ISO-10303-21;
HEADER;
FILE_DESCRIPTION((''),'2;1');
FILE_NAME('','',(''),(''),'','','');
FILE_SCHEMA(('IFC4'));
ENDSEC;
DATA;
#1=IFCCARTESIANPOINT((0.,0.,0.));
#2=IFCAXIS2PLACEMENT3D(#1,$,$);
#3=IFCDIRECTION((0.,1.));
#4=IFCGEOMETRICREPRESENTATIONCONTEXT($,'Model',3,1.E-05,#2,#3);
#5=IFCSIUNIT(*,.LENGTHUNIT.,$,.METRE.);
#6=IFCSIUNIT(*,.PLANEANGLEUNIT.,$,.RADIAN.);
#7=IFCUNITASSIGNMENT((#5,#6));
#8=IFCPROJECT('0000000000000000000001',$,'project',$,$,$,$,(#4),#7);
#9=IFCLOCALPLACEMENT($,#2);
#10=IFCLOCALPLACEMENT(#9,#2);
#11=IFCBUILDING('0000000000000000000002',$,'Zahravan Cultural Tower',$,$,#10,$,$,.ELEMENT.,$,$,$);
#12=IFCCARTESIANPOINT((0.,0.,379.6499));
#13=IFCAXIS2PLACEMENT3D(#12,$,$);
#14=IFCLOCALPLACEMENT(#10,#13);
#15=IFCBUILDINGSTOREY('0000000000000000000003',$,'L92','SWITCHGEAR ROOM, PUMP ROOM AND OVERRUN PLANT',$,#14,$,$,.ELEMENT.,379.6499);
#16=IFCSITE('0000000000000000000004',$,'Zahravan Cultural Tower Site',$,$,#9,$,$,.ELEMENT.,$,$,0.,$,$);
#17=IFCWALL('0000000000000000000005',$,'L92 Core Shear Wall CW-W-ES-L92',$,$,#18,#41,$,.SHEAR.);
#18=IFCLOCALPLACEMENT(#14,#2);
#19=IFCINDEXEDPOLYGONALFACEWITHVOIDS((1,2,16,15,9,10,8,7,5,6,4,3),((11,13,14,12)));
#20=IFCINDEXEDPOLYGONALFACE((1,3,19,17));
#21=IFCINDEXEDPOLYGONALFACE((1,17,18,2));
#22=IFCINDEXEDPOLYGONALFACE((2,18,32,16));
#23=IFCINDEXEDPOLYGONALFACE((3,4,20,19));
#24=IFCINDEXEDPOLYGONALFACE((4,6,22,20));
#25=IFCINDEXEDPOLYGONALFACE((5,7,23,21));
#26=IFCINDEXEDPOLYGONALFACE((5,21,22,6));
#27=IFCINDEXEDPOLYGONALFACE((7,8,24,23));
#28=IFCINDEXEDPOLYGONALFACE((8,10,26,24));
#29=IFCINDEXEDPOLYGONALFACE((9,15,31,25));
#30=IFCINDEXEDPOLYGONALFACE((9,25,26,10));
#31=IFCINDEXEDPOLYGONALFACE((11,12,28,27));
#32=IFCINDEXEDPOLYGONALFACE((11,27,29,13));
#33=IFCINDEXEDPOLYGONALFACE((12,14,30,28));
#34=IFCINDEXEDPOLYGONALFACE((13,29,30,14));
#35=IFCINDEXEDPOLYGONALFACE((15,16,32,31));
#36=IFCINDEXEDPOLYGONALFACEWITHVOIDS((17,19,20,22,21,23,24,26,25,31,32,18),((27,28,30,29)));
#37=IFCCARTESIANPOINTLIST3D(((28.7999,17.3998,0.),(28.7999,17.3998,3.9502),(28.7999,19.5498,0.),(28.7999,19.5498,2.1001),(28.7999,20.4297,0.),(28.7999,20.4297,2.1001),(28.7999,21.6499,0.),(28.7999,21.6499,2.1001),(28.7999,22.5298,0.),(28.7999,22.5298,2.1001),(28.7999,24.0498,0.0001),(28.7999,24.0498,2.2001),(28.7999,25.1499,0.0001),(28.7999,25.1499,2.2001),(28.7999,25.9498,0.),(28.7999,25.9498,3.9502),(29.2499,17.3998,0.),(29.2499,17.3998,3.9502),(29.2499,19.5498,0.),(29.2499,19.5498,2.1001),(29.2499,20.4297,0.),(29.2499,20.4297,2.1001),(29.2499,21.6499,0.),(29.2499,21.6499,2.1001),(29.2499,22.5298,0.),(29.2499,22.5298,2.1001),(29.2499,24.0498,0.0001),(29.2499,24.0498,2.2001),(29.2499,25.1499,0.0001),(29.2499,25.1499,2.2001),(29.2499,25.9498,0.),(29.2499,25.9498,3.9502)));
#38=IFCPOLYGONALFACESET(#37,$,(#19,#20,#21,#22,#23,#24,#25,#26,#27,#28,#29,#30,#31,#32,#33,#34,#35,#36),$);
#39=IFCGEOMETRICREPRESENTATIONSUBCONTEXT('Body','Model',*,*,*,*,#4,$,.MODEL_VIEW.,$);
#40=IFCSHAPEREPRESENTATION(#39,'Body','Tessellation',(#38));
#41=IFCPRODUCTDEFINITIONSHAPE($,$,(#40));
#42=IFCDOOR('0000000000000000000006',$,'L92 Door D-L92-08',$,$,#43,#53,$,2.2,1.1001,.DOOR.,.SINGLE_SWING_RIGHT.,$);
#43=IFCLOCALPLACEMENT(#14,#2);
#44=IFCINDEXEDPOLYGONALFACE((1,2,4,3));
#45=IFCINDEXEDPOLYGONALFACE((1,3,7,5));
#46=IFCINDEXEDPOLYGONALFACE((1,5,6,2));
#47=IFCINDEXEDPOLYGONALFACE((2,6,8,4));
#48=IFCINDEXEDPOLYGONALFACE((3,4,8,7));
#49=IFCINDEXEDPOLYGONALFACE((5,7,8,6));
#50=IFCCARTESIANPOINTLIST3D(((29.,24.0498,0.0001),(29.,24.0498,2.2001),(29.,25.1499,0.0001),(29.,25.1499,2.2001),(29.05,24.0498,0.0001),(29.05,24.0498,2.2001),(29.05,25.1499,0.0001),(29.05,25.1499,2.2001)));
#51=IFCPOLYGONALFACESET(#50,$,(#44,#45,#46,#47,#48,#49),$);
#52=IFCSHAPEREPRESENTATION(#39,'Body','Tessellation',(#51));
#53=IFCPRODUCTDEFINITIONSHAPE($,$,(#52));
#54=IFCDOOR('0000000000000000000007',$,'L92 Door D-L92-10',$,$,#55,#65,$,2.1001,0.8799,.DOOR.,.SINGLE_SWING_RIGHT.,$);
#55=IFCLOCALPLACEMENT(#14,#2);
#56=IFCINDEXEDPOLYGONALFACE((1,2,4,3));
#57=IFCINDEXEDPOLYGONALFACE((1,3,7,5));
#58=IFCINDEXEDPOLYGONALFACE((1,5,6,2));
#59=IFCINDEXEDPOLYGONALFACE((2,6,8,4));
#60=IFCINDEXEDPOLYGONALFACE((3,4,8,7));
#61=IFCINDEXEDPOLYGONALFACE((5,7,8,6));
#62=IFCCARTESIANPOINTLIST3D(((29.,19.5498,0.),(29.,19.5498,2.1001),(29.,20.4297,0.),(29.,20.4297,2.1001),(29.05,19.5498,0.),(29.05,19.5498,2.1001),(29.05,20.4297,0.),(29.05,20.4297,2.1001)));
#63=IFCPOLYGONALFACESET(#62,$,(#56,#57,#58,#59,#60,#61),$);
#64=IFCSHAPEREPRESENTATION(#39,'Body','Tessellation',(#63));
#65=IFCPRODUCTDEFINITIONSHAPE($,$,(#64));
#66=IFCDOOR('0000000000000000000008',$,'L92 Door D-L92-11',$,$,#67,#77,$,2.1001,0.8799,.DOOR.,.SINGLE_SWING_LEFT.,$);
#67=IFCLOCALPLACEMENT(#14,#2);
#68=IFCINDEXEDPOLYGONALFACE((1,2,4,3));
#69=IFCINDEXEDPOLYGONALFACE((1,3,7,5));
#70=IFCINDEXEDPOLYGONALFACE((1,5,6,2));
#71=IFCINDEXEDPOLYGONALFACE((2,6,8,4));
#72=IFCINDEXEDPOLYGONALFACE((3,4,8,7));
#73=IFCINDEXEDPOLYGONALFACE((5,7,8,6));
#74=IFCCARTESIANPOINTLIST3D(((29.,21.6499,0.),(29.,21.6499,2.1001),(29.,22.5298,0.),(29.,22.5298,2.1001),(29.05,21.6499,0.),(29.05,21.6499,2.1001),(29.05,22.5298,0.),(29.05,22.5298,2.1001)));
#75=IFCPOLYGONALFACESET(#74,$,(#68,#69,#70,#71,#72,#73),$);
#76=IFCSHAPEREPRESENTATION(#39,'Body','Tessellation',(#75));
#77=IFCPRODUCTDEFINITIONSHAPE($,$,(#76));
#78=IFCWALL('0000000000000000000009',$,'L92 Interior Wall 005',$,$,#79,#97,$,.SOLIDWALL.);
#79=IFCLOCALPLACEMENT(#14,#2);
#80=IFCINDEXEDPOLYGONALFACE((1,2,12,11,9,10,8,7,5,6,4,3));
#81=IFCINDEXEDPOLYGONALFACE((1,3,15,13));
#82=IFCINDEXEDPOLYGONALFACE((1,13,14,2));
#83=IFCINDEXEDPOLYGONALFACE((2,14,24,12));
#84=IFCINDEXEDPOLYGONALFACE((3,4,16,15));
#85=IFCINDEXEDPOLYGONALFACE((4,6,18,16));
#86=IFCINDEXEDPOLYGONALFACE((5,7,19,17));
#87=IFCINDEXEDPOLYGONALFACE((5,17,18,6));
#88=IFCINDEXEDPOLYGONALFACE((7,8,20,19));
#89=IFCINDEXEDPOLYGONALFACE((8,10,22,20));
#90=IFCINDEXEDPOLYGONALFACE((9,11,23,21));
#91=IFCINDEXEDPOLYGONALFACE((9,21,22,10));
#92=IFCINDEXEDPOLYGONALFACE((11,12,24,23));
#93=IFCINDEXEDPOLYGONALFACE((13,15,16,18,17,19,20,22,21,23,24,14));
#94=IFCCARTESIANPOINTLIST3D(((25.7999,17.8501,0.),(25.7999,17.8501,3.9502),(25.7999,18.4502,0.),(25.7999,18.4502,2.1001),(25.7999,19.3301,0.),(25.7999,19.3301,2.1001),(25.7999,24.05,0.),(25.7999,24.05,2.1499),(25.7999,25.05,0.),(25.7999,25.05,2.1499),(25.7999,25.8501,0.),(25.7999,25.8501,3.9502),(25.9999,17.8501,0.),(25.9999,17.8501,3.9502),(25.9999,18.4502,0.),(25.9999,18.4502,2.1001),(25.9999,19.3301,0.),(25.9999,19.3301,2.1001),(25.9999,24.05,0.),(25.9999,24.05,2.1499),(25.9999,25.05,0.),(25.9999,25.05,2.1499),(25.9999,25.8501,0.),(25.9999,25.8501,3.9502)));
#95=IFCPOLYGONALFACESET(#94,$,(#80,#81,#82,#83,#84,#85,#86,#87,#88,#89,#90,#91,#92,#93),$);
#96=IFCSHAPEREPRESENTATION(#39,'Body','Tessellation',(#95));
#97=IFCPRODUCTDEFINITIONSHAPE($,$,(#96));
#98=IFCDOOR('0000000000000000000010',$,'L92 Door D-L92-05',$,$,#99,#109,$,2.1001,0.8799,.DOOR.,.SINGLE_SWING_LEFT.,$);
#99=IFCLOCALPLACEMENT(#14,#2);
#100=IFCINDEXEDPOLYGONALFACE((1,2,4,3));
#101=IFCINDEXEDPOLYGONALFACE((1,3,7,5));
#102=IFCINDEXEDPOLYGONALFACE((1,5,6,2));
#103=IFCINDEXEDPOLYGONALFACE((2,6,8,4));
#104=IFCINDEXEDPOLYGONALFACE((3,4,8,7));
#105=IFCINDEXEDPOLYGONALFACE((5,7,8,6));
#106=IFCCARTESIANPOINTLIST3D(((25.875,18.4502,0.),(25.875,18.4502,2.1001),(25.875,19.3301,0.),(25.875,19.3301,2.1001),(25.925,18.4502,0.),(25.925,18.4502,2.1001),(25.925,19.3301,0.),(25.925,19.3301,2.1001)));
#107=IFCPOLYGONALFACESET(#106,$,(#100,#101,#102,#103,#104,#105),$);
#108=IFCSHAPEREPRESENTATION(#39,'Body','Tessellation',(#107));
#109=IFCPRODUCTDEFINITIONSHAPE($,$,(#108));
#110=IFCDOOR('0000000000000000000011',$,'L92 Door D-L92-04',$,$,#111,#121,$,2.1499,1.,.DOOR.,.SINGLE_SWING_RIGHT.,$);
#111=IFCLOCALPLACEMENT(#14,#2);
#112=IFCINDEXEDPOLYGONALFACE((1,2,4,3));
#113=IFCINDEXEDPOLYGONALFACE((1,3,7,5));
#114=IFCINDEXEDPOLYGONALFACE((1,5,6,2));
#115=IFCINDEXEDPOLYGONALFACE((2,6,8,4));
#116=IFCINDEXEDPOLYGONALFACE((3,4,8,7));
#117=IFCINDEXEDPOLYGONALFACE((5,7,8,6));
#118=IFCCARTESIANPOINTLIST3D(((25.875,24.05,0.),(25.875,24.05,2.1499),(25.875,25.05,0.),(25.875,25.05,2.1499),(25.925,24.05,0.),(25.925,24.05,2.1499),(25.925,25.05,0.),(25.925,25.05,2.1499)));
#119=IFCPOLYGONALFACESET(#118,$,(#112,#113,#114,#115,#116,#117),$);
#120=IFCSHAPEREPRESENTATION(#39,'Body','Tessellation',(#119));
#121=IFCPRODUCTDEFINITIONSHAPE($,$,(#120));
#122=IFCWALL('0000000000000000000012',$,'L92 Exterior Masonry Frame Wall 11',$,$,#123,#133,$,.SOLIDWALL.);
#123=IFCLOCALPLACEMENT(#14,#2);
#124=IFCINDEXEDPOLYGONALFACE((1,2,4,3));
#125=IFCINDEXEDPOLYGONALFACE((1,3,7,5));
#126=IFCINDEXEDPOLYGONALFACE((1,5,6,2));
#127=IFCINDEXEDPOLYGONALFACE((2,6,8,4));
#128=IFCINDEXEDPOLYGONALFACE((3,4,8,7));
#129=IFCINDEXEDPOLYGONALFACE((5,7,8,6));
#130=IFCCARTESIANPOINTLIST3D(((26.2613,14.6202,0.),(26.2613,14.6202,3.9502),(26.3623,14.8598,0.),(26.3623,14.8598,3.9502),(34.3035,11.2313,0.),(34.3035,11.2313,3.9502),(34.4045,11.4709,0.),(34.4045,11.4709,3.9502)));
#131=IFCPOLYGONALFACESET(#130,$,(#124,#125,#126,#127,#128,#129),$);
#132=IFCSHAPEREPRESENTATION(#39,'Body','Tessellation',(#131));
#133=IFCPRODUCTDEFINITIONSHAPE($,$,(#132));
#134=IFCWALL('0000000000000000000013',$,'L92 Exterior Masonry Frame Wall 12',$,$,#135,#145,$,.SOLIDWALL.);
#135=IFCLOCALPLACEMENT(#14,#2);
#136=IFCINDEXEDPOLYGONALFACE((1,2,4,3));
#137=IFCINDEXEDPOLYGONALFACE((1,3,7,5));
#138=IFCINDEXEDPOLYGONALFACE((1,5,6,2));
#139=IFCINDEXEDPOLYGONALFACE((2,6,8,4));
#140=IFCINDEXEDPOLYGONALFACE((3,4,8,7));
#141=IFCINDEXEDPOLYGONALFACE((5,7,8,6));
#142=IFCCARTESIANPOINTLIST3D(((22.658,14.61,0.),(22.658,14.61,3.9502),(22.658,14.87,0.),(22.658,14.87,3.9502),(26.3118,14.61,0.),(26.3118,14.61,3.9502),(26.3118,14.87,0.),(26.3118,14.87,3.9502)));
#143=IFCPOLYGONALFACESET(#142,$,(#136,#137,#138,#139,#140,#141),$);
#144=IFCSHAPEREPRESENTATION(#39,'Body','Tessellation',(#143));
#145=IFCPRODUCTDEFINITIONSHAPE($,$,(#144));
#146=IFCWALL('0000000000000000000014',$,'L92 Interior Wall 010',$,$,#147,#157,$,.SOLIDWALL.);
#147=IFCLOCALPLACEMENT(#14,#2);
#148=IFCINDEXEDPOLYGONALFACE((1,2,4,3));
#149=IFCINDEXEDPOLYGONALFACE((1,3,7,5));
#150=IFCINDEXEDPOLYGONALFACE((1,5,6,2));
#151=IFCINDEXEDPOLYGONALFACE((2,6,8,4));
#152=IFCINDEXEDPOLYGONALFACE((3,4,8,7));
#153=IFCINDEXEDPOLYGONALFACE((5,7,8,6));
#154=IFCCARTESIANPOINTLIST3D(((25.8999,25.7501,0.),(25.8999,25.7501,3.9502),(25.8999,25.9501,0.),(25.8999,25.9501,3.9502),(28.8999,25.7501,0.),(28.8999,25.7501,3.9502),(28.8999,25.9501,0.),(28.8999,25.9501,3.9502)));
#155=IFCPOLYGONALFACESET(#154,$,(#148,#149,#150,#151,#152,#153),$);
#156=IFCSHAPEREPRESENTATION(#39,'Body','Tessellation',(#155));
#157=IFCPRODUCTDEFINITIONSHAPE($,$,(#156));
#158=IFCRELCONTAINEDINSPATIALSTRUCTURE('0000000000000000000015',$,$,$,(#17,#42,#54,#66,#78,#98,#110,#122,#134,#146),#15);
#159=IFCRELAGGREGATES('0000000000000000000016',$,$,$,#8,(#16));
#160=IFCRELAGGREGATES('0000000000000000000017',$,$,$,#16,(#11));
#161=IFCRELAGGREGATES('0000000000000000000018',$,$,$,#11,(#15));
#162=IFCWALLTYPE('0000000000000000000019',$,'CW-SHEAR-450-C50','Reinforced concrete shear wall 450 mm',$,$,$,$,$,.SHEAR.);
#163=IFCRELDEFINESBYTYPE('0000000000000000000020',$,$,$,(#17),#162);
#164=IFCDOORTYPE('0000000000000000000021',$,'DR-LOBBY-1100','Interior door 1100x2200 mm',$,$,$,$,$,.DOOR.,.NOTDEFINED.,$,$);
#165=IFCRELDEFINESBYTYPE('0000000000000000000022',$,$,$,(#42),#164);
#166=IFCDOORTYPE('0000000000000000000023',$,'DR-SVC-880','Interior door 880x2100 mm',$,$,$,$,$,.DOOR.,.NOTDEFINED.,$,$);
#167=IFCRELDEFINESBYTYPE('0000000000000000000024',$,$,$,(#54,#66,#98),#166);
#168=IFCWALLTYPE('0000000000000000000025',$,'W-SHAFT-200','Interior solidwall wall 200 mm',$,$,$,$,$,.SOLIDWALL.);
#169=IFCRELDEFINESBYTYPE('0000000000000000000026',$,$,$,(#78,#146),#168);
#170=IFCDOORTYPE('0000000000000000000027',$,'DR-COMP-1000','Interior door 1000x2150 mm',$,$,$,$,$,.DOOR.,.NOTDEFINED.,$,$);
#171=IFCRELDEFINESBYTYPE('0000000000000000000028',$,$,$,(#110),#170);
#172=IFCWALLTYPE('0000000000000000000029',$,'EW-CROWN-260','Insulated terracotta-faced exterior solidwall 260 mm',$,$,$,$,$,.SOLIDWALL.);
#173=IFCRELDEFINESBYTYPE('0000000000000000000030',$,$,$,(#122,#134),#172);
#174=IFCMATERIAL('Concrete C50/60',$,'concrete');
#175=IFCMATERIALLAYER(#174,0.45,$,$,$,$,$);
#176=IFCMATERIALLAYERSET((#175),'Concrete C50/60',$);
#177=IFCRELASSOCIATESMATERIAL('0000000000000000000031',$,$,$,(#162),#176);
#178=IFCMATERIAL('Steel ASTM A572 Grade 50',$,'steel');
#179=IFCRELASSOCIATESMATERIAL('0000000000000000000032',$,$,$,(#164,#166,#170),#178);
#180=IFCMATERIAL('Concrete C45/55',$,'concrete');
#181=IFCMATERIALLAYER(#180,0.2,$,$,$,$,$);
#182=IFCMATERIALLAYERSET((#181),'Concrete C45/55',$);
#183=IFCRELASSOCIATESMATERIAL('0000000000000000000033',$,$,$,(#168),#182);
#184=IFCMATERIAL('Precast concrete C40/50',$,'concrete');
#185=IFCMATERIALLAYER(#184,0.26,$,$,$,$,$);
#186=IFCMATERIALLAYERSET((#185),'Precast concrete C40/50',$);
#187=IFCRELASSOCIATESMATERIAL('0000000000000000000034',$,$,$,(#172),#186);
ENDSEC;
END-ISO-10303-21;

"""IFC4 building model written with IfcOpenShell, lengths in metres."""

from ifc_helpers import new_model, si_unit, direction, frame, frame_2d, origin, place, context, subcontext, project, spatial, rectangle, extrude, source, transform, mapped, material, layer, layer_set, type_object, element, fill, save


model = new_model("IFC4")

# Units and contexts
model_context = context("Model", 3, precision=1e-05, world=origin(), true_north=direction((0.0, 1.0)))
body_context = subcontext(model_context, "Body", "Model", "MODEL_VIEW")
ifc_project = project(units=[si_unit("LENGTHUNIT", "METRE"), si_unit("PLANEANGLEUNIT", "RADIAN")], contexts=[model_context])

# Site, building, storey
site_placement = place(None, origin())
site = spatial("IfcSite", under=ifc_project, at=site_placement, Name="Zahravan Cultural Tower Site", CompositionType="ELEMENT", RefElevation=0.0)
building_placement = place(site_placement, origin())
building = spatial("IfcBuilding", under=site, at=building_placement, Name="Zahravan Cultural Tower", CompositionType="ELEMENT")
storey_placement = place(building_placement, frame((0.0, 0.0, 379.6499)))
storey = spatial("IfcBuildingStorey", under=building, at=storey_placement, Name="L92", Description="SWITCHGEAR ROOM, PUMP ROOM AND OVERRUN PLANT", CompositionType="ELEMENT", Elevation=379.6499)

# Shared definitions
ifc_material_1 = material(Name="Concrete C45/55", Category="concrete")

# Shared definitions
ifc_material_2 = material(Name="Concrete C50/60", Category="concrete")

# Wall, openings, doors
ifc_layer_1 = layer(ifc_material_2, 0.45)
ifc_layer_set_1 = layer_set([ifc_layer_1], Name="Concrete C50/60")
wall_type_1 = type_object("IfcWallType", Name="CW-SHEAR-450-C50", Description="Reinforced concrete shear wall 450 mm", PredefinedType="SHEAR", material=ifc_layer_set_1)
wall_1_placement = place(storey_placement, frame((29.0249, 17.3999, 0.0), z_axis=(0.0, 0.0, 1.0), x_axis=(0.0, 1.0, 0.0)))
wall_1 = element("IfcWall", 1, at=wall_1_placement, inside=storey, type_object=wall_type_1, Name="L92 Core Shear Wall CW-W-ES-L92", PredefinedType="SHEAR", context=body_context, shape_type="SweptSolid", body=[
    extrude(rectangle(XDim=8.55, YDim=0.45, at=frame_2d((4.2749, 0.0))), origin(), (0.0, 0.0, 1.0), 3.9502),
])
opening_1_placement = place(wall_1_placement, frame((6.6499, 0.0, 0.0)))
opening_1 = element("IfcOpeningElement", 2, at=opening_1_placement, cuts=wall_1, PredefinedType="OPENING", context=body_context, shape_type="SweptSolid", body=[
    extrude(rectangle(XDim=1.1001, YDim=2.2, at=frame_2d((0.55, 1.1001))), frame((0.0, 0.2349, 0.0), z_axis=(0.0, -1.0, 0.0), x_axis=(1.0, 0.0, 0.0)), (0.0, 0.0, 1.0), 0.47),
])
opening_2_placement = place(wall_1_placement, frame((2.1499, 0.0, 0.0)))
opening_2 = element("IfcOpeningElement", 3, at=opening_2_placement, cuts=wall_1, PredefinedType="OPENING", context=body_context, shape_type="SweptSolid", body=[
    extrude(rectangle(XDim=0.8799, YDim=2.1001, at=frame_2d((0.4399, 1.05))), frame((0.0, 0.2349, 0.0), z_axis=(0.0, -1.0, 0.0), x_axis=(1.0, 0.0, 0.0)), (0.0, 0.0, 1.0), 0.47),
])
opening_3_placement = place(wall_1_placement, frame((4.25, 0.0, 0.0)))
opening_3 = element("IfcOpeningElement", 4, at=opening_3_placement, cuts=wall_1, PredefinedType="OPENING", context=body_context, shape_type="SweptSolid", body=[
    extrude(rectangle(XDim=0.8799, YDim=2.1001, at=frame_2d((0.4399, 1.05))), frame((0.0, 0.2349, 0.0), z_axis=(0.0, -1.0, 0.0), x_axis=(1.0, 0.0, 0.0)), (0.0, 0.0, 1.0), 0.47),
])
ifc_material_3 = material(Name="Steel ASTM A572 Grade 50", Category="steel")
door_type_1 = type_object("IfcDoorType", Name="DR-LOBBY-1100", Description="Interior door 1100x2200 mm", OperationType="NOTDEFINED", PredefinedType="DOOR", material=ifc_material_3)
shared_shape_1 = source(origin(), body_context, "Body", "SweptSolid", [
    extrude(rectangle(XDim=1.1001, YDim=2.2, at=frame_2d((0.55, 1.1001))), frame((0.0, 0.0249, 0.0), z_axis=(0.0, -1.0, 0.0), x_axis=(1.0, 0.0, 0.0)), (0.0, 0.0, 1.0), 0.05),
])
door_1_placement = place(opening_1_placement, origin())
door_1 = element("IfcDoor", 5, at=door_1_placement, inside=storey, type_object=door_type_1, Name="L92 Door D-L92-08", OperationType="SINGLE_SWING_RIGHT", OverallHeight=2.2, OverallWidth=1.1001, PredefinedType="DOOR", context=body_context, shape_type="MappedRepresentation", body=[
    mapped(shared_shape_1, transform((0.0, 0.0, 0.0), x_axis=(1.0, 0.0, 0.0), y_axis=(0.0, 1.0, 0.0), z_axis=(0.0, 0.0, 1.0), scale=1.0)),
])
fill(opening_1, door_1)
door_type_2 = type_object("IfcDoorType", Name="DR-SVC-880", Description="Interior door 880x2100 mm", OperationType="NOTDEFINED", PredefinedType="DOOR", material=ifc_material_3)
shared_shape_2 = source(origin(), body_context, "Body", "SweptSolid", [
    extrude(rectangle(XDim=0.8799, YDim=2.1001, at=frame_2d((0.4399, 1.05))), frame((0.0, 0.0249, 0.0), z_axis=(0.0, -1.0, 0.0), x_axis=(1.0, 0.0, 0.0)), (0.0, 0.0, 1.0), 0.05),
])
door_2_placement = place(opening_2_placement, origin())
door_2 = element("IfcDoor", 6, at=door_2_placement, inside=storey, type_object=door_type_2, Name="L92 Door D-L92-10", OperationType="SINGLE_SWING_RIGHT", OverallHeight=2.1001, OverallWidth=0.8799, PredefinedType="DOOR", context=body_context, shape_type="MappedRepresentation", body=[
    mapped(shared_shape_2, transform((0.0, 0.0, 0.0), x_axis=(1.0, 0.0, 0.0), y_axis=(0.0, 1.0, 0.0), z_axis=(0.0, 0.0, 1.0), scale=1.0)),
])
fill(opening_2, door_2)
door_3_placement = place(opening_3_placement, origin())
door_3 = element("IfcDoor", 7, at=door_3_placement, inside=storey, type_object=door_type_2, Name="L92 Door D-L92-11", OperationType="SINGLE_SWING_LEFT", OverallHeight=2.1001, OverallWidth=0.8799, PredefinedType="DOOR", context=body_context, shape_type="MappedRepresentation", body=[
    mapped(shared_shape_2, transform((0.0, 0.0, 0.0), x_axis=(1.0, 0.0, 0.0), y_axis=(0.0, 1.0, 0.0), z_axis=(0.0, 0.0, 1.0), scale=1.0)),
])
fill(opening_3, door_3)

# Shared definitions
door_type_3 = type_object("IfcDoorType", Name="DR-COMP-1000", Description="Interior door 1000x2150 mm", OperationType="NOTDEFINED", PredefinedType="DOOR", material=ifc_material_3)
shared_shape_3 = source(origin(), body_context, "Body", "SweptSolid", [
    extrude(rectangle(XDim=1.0, YDim=2.1499, at=frame_2d((0.5, 1.075))), frame((0.0, 0.0249, 0.0), z_axis=(0.0, -1.0, 0.0), x_axis=(1.0, 0.0, 0.0)), (0.0, 0.0, 1.0), 0.05),
])

# Wall, openings, doors
ifc_layer_2 = layer(ifc_material_1, 0.2)
ifc_layer_set_2 = layer_set([ifc_layer_2], Name="Concrete C45/55")
wall_type_2 = type_object("IfcWallType", Name="W-SHAFT-200", Description="Interior solidwall wall 200 mm", PredefinedType="SOLIDWALL", material=ifc_layer_set_2)
wall_2_placement = place(storey_placement, frame((25.8999, 17.8501, 0.0), z_axis=(0.0, 0.0, 1.0), x_axis=(0.0, 1.0, 0.0)))
wall_2 = element("IfcWall", 8, at=wall_2_placement, inside=storey, type_object=wall_type_2, Name="L92 Interior Wall 005", PredefinedType="SOLIDWALL", context=body_context, shape_type="SweptSolid", body=[
    extrude(rectangle(XDim=8.0, YDim=0.2, at=frame_2d((4.0, 0.0))), origin(), (0.0, 0.0, 1.0), 3.9502),
])
opening_4_placement = place(wall_2_placement, frame((6.2, 0.0, 0.0)))
opening_4 = element("IfcOpeningElement", 9, at=opening_4_placement, cuts=wall_2, PredefinedType="OPENING", context=body_context, shape_type="SweptSolid", body=[
    extrude(rectangle(XDim=1.0, YDim=2.1499, at=frame_2d((0.5, 1.075))), frame((0.0, 0.1099, 0.0), z_axis=(0.0, -1.0, 0.0), x_axis=(1.0, 0.0, 0.0)), (0.0, 0.0, 1.0), 0.22),
])
opening_5_placement = place(wall_2_placement, frame((0.6001, 0.0, 0.0)))
opening_5 = element("IfcOpeningElement", 10, at=opening_5_placement, cuts=wall_2, PredefinedType="OPENING", context=body_context, shape_type="SweptSolid", body=[
    extrude(rectangle(XDim=0.8799, YDim=2.1001, at=frame_2d((0.4399, 1.05))), frame((0.0, 0.1099, 0.0), z_axis=(0.0, -1.0, 0.0), x_axis=(1.0, 0.0, 0.0)), (0.0, 0.0, 1.0), 0.22),
])
door_4_placement = place(opening_5_placement, origin())
door_4 = element("IfcDoor", 11, at=door_4_placement, inside=storey, type_object=door_type_2, Name="L92 Door D-L92-05", OperationType="SINGLE_SWING_LEFT", OverallHeight=2.1001, OverallWidth=0.8799, PredefinedType="DOOR", context=body_context, shape_type="MappedRepresentation", body=[
    mapped(shared_shape_2, transform((0.0, 0.0, 0.0), x_axis=(1.0, 0.0, 0.0), y_axis=(0.0, 1.0, 0.0), z_axis=(0.0, 0.0, 1.0), scale=1.0)),
])
fill(opening_5, door_4)
door_5_placement = place(opening_4_placement, origin())
door_5 = element("IfcDoor", 12, at=door_5_placement, inside=storey, type_object=door_type_3, Name="L92 Door D-L92-04", OperationType="SINGLE_SWING_RIGHT", OverallHeight=2.1499, OverallWidth=1.0, PredefinedType="DOOR", context=body_context, shape_type="MappedRepresentation", body=[
    mapped(shared_shape_3, transform((0.0, 0.0, 0.0), x_axis=(1.0, 0.0, 0.0), y_axis=(0.0, 1.0, 0.0), z_axis=(0.0, 0.0, 1.0), scale=1.0)),
])
fill(opening_4, door_5)

# Walls
ifc_material_4 = material(Name="Precast concrete C40/50", Category="concrete")
ifc_layer_3 = layer(ifc_material_4, 0.26)
ifc_layer_set_3 = layer_set([ifc_layer_3], Name="Precast concrete C40/50")
wall_type_3 = type_object("IfcWallType", Name="EW-CROWN-260", Description="Insulated terracotta-faced exterior solidwall 260 mm", PredefinedType="SOLIDWALL", material=ifc_layer_set_3)
shared_shape_4 = source(origin(), body_context, "Body", "SweptSolid", [
    extrude(rectangle(XDim=8.7271, YDim=0.26, at=frame_2d((4.3635, 0.0))), origin(), (0.0, 0.0, 1.0), 3.9502),
])
wall_3_placement = place(storey_placement, frame((34.354, 11.3511, 0.0), z_axis=(0.0, 0.0, 1.0), x_axis=(-0.921524, 0.388321, 0.0)))
element("IfcWall", 13, at=wall_3_placement, inside=storey, type_object=wall_type_3, Name="L92 Exterior Masonry Frame Wall 11", PredefinedType="SOLIDWALL", context=body_context, shape_type="MappedRepresentation", body=[
    mapped(shared_shape_4, transform((0.0, 0.0, 0.0), x_axis=(1.0, 0.0, 0.0), y_axis=(0.0, 1.0, 0.0), z_axis=(0.0, 0.0, 1.0), scale=1.0)),
])
shared_shape_5 = source(origin(), body_context, "Body", "SweptSolid", [
    extrude(rectangle(XDim=3.6538, YDim=0.26, at=frame_2d((1.8269, 0.0))), origin(), (0.0, 0.0, 1.0), 3.9502),
])
wall_4_placement = place(storey_placement, frame((26.3118, 14.74, 0.0), z_axis=(0.0, 0.0, 1.0), x_axis=(-1.0, 0.0, 0.0)))
element("IfcWall", 14, at=wall_4_placement, inside=storey, type_object=wall_type_3, Name="L92 Exterior Masonry Frame Wall 12", PredefinedType="SOLIDWALL", context=body_context, shape_type="MappedRepresentation", body=[
    mapped(shared_shape_5, transform((0.0, 0.0, 0.0), x_axis=(1.0, 0.0, 0.0), y_axis=(0.0, 1.0, 0.0), z_axis=(0.0, 0.0, 1.0), scale=1.0)),
])
shared_shape_6 = source(origin(), body_context, "Body", "SweptSolid", [
    extrude(rectangle(XDim=3.0, YDim=0.2, at=frame_2d((1.5, 0.0))), origin(), (0.0, 0.0, 1.0), 3.9502),
])
wall_5_placement = place(storey_placement, frame((25.8999, 25.8501, 0.0), z_axis=(0.0, 0.0, 1.0), x_axis=(1.0, 0.0, 0.0)))
element("IfcWall", 15, at=wall_5_placement, inside=storey, type_object=wall_type_2, Name="L92 Interior Wall 010", PredefinedType="SOLIDWALL", context=body_context, shape_type="MappedRepresentation", body=[
    mapped(shared_shape_6, transform((0.0, 0.0, 0.0), x_axis=(1.0, 0.0, 0.0), y_axis=(0.0, 1.0, 0.0), z_axis=(0.0, 0.0, 1.0), scale=1.0)),
])

save(model, "model.ifc")
